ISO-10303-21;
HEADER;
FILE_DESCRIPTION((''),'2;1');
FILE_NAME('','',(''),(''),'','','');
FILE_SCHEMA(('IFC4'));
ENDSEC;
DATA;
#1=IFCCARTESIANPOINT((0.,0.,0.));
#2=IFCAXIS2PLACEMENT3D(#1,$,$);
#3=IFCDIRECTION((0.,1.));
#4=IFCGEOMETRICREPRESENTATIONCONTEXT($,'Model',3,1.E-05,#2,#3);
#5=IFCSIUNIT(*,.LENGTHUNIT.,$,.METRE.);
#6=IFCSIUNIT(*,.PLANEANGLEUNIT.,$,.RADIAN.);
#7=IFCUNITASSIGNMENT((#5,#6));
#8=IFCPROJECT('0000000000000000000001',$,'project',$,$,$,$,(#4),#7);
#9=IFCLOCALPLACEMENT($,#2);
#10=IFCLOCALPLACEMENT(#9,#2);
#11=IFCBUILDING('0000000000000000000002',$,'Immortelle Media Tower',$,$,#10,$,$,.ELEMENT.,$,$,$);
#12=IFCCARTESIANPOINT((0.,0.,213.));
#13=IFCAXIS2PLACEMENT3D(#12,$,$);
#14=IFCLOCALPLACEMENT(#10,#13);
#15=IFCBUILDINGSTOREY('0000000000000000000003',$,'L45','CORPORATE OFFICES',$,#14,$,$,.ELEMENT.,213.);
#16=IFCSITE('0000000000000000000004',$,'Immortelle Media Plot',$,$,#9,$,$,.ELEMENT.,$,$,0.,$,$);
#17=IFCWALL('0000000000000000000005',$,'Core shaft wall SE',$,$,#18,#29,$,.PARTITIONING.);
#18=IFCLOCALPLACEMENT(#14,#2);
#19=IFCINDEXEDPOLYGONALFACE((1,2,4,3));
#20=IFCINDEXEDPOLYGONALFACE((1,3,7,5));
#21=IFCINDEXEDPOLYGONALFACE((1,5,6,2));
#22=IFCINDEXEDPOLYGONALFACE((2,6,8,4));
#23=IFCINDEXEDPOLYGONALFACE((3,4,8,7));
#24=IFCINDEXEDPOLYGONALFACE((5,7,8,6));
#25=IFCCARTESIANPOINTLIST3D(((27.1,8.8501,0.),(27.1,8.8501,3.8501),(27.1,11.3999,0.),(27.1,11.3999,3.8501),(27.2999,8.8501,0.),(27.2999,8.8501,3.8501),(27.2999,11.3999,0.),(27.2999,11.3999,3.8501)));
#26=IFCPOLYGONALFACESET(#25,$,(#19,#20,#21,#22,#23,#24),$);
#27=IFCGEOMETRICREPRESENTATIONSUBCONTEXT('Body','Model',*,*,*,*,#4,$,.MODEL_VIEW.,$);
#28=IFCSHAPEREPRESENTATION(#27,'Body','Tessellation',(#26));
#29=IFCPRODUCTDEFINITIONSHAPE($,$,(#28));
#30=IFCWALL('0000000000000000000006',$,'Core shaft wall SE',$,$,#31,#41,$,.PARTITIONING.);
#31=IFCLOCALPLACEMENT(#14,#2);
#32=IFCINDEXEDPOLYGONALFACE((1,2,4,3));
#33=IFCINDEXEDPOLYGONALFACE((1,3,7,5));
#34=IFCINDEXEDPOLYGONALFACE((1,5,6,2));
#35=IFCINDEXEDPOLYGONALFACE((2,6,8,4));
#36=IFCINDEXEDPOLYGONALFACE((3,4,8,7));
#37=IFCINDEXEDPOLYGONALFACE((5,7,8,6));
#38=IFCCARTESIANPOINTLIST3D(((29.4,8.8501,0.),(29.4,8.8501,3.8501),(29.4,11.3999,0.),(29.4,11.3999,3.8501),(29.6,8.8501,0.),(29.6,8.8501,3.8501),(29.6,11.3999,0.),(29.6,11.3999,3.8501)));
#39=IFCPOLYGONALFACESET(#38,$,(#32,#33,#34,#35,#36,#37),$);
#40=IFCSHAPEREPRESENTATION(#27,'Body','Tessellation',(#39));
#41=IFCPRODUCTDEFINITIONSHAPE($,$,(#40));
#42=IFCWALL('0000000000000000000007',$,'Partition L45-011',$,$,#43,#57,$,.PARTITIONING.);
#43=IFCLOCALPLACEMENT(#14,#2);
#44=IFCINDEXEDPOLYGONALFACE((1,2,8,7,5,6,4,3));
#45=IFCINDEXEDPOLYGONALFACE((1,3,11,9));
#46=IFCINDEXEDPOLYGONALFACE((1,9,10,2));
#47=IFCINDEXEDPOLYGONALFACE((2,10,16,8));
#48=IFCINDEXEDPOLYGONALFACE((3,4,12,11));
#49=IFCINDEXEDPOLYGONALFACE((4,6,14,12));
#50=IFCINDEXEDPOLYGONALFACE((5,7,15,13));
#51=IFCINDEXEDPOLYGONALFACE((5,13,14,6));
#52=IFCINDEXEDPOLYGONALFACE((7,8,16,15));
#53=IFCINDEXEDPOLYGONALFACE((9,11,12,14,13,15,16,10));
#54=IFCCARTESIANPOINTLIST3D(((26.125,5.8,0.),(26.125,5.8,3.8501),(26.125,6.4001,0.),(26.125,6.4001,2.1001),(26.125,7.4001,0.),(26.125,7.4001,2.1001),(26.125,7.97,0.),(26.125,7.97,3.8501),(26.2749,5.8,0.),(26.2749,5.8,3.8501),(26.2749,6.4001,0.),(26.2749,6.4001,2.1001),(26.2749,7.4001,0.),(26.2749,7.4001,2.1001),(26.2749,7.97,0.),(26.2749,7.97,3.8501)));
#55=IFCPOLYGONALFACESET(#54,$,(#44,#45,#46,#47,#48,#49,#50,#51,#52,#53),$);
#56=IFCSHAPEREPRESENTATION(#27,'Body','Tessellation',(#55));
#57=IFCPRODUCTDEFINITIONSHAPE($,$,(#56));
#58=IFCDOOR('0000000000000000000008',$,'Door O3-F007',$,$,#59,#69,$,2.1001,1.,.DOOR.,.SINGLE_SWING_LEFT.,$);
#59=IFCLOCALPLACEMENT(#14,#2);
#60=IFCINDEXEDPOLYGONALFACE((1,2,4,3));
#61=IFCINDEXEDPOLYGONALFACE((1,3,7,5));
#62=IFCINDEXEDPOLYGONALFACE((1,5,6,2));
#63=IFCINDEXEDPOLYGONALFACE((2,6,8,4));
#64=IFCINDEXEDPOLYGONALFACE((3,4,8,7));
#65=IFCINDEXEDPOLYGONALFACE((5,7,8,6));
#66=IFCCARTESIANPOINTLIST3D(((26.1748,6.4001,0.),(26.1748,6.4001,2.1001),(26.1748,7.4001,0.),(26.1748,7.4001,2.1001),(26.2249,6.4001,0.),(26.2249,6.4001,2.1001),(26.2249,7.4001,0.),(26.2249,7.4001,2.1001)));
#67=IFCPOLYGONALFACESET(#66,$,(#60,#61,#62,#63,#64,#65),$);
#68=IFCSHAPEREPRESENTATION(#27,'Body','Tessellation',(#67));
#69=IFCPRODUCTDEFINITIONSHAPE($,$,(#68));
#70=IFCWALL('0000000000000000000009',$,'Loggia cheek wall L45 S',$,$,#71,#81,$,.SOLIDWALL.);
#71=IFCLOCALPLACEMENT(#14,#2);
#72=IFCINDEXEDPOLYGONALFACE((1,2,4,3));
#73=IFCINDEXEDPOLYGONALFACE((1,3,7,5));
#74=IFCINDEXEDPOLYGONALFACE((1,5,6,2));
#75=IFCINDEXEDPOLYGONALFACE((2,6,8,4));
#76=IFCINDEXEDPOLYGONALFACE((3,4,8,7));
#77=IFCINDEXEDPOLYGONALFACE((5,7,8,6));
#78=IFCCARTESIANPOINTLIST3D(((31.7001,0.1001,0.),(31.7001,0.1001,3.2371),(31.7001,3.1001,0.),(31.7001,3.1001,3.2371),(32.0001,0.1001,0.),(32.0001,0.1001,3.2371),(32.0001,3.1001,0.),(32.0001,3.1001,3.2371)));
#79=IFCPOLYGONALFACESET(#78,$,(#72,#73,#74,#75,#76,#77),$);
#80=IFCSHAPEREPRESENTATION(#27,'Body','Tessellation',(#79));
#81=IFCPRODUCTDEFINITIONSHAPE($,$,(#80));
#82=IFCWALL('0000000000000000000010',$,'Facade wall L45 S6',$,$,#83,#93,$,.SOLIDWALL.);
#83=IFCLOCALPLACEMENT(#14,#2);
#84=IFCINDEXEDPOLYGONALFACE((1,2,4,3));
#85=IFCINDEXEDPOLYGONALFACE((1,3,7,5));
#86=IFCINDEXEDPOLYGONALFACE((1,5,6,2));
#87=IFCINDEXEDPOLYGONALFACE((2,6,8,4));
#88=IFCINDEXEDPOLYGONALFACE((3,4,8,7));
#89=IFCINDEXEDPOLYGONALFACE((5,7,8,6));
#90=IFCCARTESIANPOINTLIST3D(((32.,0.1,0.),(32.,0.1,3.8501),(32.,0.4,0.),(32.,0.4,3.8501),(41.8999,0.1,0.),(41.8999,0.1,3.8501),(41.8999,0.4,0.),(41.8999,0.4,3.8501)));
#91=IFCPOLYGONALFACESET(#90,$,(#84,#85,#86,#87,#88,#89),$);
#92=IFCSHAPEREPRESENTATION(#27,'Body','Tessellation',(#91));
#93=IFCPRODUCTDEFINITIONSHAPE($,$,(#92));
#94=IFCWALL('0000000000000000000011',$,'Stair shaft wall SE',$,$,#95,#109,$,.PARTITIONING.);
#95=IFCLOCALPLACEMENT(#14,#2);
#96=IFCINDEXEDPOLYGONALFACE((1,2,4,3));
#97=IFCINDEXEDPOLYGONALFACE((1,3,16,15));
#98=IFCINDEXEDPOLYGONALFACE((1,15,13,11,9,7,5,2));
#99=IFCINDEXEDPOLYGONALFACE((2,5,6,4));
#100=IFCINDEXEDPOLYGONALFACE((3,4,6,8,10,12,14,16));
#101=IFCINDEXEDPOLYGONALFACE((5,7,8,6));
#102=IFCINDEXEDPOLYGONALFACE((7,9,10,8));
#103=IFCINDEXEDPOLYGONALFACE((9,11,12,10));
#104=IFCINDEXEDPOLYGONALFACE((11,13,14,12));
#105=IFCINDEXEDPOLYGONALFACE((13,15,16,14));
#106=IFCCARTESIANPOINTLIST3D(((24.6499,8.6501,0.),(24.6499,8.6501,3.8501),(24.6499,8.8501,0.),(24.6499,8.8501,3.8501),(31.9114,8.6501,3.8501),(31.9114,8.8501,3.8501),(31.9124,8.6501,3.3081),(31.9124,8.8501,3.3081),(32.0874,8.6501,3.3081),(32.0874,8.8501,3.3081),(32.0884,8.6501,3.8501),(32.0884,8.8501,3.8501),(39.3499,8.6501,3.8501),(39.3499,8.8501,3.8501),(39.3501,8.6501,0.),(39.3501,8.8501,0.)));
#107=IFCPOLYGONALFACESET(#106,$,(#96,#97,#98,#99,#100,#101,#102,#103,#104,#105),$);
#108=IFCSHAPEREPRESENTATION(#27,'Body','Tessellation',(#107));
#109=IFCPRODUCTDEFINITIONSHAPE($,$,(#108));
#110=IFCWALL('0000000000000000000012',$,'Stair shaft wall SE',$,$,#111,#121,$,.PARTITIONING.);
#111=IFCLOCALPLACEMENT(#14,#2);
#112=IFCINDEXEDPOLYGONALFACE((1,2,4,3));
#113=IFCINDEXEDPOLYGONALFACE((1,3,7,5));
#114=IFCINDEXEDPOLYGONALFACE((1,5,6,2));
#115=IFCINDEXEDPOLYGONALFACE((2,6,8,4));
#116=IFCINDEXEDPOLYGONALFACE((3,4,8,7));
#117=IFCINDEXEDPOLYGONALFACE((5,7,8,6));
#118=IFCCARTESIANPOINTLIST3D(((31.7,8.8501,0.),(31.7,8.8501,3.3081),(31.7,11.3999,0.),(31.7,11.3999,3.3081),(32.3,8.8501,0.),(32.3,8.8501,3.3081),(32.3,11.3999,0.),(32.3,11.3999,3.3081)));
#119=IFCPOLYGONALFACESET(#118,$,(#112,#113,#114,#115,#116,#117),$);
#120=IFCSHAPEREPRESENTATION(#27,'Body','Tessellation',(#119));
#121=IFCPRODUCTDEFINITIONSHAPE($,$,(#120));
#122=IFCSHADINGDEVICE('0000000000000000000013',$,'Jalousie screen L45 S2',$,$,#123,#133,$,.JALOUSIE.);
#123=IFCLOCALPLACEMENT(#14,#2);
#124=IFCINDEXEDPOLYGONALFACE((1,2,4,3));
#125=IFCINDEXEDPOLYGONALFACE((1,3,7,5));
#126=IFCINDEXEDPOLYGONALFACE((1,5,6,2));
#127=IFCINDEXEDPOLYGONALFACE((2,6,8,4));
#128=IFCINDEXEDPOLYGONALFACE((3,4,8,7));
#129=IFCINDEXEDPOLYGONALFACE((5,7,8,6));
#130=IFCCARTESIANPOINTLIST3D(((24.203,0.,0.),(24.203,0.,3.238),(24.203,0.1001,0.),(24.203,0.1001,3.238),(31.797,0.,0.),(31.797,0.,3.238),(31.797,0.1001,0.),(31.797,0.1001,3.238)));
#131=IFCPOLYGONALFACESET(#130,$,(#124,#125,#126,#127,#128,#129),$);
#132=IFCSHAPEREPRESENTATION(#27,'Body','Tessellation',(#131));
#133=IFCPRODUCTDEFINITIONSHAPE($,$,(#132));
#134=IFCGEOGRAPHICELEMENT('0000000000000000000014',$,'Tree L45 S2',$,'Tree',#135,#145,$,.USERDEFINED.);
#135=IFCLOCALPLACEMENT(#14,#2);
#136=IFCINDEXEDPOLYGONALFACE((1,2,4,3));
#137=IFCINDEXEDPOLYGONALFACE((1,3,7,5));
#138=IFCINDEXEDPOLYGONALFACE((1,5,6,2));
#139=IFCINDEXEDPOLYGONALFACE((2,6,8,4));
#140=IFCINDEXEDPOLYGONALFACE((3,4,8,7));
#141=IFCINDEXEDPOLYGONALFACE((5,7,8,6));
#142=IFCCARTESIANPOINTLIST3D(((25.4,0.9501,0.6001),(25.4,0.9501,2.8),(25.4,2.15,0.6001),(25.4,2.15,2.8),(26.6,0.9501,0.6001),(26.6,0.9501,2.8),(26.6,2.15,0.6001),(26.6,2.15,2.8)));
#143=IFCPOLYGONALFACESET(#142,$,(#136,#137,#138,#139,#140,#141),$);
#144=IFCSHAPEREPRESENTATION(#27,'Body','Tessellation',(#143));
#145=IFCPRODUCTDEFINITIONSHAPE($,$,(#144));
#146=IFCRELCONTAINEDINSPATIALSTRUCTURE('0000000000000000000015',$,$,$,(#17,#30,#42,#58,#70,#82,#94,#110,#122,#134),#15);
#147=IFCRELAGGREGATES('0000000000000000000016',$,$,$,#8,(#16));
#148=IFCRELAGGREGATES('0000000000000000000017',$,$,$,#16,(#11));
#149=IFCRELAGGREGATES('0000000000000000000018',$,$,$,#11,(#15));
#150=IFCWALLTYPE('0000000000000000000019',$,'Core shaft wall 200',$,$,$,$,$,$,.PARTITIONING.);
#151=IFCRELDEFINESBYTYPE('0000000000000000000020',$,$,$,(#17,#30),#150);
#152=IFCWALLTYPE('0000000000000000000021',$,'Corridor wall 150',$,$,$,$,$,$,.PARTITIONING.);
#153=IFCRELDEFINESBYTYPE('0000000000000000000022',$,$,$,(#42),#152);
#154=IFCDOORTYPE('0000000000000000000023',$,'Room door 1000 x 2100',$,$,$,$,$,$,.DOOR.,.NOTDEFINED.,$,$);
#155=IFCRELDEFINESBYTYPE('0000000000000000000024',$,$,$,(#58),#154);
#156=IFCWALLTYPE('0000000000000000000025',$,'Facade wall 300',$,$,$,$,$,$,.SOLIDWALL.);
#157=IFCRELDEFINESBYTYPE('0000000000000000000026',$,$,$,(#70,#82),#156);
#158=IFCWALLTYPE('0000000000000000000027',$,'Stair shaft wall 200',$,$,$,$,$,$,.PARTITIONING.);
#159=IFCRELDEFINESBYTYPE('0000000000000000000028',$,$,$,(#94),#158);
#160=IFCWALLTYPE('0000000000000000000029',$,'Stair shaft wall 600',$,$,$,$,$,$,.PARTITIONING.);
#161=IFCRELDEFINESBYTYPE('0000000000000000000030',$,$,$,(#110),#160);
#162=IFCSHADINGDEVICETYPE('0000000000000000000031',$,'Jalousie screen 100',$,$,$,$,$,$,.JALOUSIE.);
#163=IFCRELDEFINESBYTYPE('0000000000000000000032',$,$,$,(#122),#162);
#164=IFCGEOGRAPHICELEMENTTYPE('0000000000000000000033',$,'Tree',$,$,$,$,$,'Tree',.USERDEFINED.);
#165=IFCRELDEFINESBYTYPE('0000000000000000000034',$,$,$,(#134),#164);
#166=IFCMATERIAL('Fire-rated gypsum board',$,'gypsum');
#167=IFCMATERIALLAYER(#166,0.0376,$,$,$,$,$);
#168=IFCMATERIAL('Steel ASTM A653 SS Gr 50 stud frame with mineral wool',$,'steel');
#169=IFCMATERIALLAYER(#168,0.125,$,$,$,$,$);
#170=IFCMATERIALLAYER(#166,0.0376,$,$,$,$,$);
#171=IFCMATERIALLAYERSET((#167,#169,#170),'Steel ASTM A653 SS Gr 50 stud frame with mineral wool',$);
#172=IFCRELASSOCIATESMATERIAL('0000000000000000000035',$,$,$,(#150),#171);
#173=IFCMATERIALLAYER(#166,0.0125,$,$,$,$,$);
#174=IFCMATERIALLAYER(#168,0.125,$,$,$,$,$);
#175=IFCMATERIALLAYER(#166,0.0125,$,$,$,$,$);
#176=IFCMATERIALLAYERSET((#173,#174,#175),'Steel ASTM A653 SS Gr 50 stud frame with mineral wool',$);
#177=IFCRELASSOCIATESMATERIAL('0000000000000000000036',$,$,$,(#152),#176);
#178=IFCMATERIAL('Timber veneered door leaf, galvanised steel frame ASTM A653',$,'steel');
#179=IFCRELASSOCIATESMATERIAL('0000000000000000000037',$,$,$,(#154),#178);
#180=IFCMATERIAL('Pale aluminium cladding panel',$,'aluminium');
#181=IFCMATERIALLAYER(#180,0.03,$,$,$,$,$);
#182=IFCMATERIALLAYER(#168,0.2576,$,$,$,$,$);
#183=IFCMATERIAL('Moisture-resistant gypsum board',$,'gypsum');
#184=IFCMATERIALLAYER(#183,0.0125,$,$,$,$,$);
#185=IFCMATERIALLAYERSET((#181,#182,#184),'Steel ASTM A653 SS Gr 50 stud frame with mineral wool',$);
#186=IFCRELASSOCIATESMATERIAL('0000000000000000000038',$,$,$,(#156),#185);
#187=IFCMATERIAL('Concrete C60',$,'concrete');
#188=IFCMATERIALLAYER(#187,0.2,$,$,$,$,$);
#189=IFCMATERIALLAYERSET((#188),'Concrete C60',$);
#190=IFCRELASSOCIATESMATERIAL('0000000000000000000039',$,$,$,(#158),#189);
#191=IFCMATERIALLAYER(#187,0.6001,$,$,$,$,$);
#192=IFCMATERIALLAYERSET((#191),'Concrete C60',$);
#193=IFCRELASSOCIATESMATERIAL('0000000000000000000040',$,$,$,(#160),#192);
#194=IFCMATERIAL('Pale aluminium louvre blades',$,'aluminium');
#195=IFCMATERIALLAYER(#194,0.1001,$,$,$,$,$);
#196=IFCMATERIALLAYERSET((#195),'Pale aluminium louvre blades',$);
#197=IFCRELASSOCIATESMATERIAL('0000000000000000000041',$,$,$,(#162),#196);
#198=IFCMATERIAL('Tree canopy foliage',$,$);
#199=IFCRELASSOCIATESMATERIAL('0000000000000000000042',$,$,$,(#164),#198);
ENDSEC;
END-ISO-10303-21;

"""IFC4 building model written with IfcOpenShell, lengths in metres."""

from ifc_helpers import new_model, si_unit, direction, frame, frame_2d, origin, origin_2d, place, context, subcontext, project, spatial, polyline, rectangle, outline, extrude, material, layer, layer_set, type_object, element, fill, save


model = new_model("IFC4")

# Units and contexts
model_context = context("Model", 3, precision=1e-05, world=origin(), true_north=direction((0.0, 1.0)))
body_context = subcontext(model_context, "Body", "Model", "MODEL_VIEW")
ifc_project = project(units=[si_unit("LENGTHUNIT", "METRE"), si_unit("PLANEANGLEUNIT", "RADIAN")], contexts=[model_context])

# Site, building, storey
site_placement = place(None, origin())
site = spatial("IfcSite", under=ifc_project, at=site_placement, Name="Immortelle Media Plot", CompositionType="ELEMENT", RefElevation=0.0)
building_placement = place(site_placement, origin())
building = spatial("IfcBuilding", under=site, at=building_placement, Name="Immortelle Media Tower", CompositionType="ELEMENT")
storey_placement = place(building_placement, frame((0.0, 0.0, 213.0)))
storey = spatial("IfcBuildingStorey", under=building, at=storey_placement, Name="L45", Description="CORPORATE OFFICES", CompositionType="ELEMENT", Elevation=213.0)

# Walls
ifc_material_1 = material(Name="Fire-rated gypsum board", Category="gypsum")
ifc_layer_1 = layer(ifc_material_1, 0.0376)
ifc_material_2 = material(Name="Steel ASTM A653 SS Gr 50 stud frame with mineral wool", Category="steel")
ifc_layer_2 = layer(ifc_material_2, 0.125)
ifc_layer_3 = layer(ifc_material_1, 0.0376)
ifc_layer_set_1 = layer_set([ifc_layer_1, ifc_layer_2, ifc_layer_3], Name="Steel ASTM A653 SS Gr 50 stud frame with mineral wool")
wall_type_1 = type_object("IfcWallType", Name="Core shaft wall 200", PredefinedType="PARTITIONING", material=ifc_layer_set_1)
for number, where, z_axis, x_axis, name in (
    (1, (27.2, 8.8501, 0.0), (0.0, 0.0, 1.0), (0.0, 1.0, 0.0), "Core shaft wall SE"),
    (2, (29.5, 8.8501, 0.0), (0.0, 0.0, 1.0), (0.0, 1.0, 0.0), "Core shaft wall SE"),
):
    element("IfcWall", number, at=place(storey_placement, frame(where, z_axis=z_axis, x_axis=x_axis)), inside=storey, type_object=wall_type_1, Name=name, PredefinedType="PARTITIONING", context=body_context, shape_type="SweptSolid", body=[
        extrude(rectangle(XDim=2.5498, YDim=0.2, at=frame_2d((1.2749, 0.0))), origin(), (0.0, 0.0, 1.0), 3.8501),
    ])

# Wall, opening, door
ifc_layer_4 = layer(ifc_material_1, 0.0125)
ifc_layer_5 = layer(ifc_material_2, 0.125)
ifc_layer_6 = layer(ifc_material_1, 0.0125)
ifc_layer_set_2 = layer_set([ifc_layer_4, ifc_layer_5, ifc_layer_6], Name="Steel ASTM A653 SS Gr 50 stud frame with mineral wool")
wall_type_2 = type_object("IfcWallType", Name="Corridor wall 150", PredefinedType="PARTITIONING", material=ifc_layer_set_2)
wall_1_placement = place(storey_placement, frame((26.2, 5.8, 0.0), z_axis=(0.0, 0.0, 1.0), x_axis=(0.0, 1.0, 0.0)))
wall_1 = element("IfcWall", 3, at=wall_1_placement, inside=storey, type_object=wall_type_2, Name="Partition L45-011", PredefinedType="PARTITIONING", context=body_context, shape_type="SweptSolid", body=[
    extrude(rectangle(XDim=2.1699, YDim=0.1499, at=frame_2d((1.085, 0.0))), origin(), (0.0, 0.0, 1.0), 3.8501),
])
opening_placement = place(wall_1_placement, frame((1.6001, 0.0, 0.0), z_axis=(0.0, 0.0, 1.0), x_axis=(-1.0, 0.0, 0.0)))
opening = element("IfcOpeningElement", 4, at=opening_placement, cuts=wall_1, PredefinedType="OPENING", context=body_context, shape_type="SweptSolid", body=[
    extrude(rectangle(XDim=1.0, YDim=2.1001, at=frame_2d((0.5, 1.05))), frame((0.0, 0.085, 0.0), z_axis=(0.0, -1.0, 0.0), x_axis=(1.0, 0.0, 0.0)), (0.0, 0.0, 1.0), 0.1699),
])
ifc_material_3 = material(Name="Timber veneered door leaf, galvanised steel frame ASTM A653", Category="steel")
door_type = type_object("IfcDoorType", Name="Room door 1000 x 2100", OperationType="NOTDEFINED", PredefinedType="DOOR", material=ifc_material_3)
door_placement = place(opening_placement, origin())
door = element("IfcDoor", 5, at=door_placement, inside=storey, type_object=door_type, Name="Door O3-F007", OperationType="SINGLE_SWING_LEFT", OverallHeight=2.1001, OverallWidth=1.0, PredefinedType="DOOR", context=body_context, shape_type="SweptSolid", body=[
    extrude(rectangle(XDim=1.0, YDim=2.1001, at=frame_2d((0.5, 1.05))), frame((0.0, 0.0249, 0.0), z_axis=(0.0, -1.0, 0.0), x_axis=(1.0, 0.0, 0.0)), (0.0, 0.0, 1.0), 0.05),
])
fill(opening, door)

# Walls
ifc_material_4 = material(Name="Pale aluminium cladding panel", Category="aluminium")
ifc_layer_7 = layer(ifc_material_4, 0.03)
ifc_layer_8 = layer(ifc_material_2, 0.2576)
ifc_material_5 = material(Name="Moisture-resistant gypsum board", Category="gypsum")
ifc_layer_9 = layer(ifc_material_5, 0.0125)
ifc_layer_set_3 = layer_set([ifc_layer_7, ifc_layer_8, ifc_layer_9], Name="Steel ASTM A653 SS Gr 50 stud frame with mineral wool")
wall_type_3 = type_object("IfcWallType", Name="Facade wall 300", PredefinedType="SOLIDWALL", material=ifc_layer_set_3)
wall_2_placement = place(storey_placement, frame((31.8501, 0.1001, 0.0), z_axis=(0.0, 0.0, 1.0), x_axis=(0.0, 1.0, 0.0)))
element("IfcWall", 6, at=wall_2_placement, inside=storey, type_object=wall_type_3, Name="Loggia cheek wall L45 S", PredefinedType="SOLIDWALL", context=body_context, shape_type="SweptSolid", body=[
    extrude(rectangle(XDim=3.0, YDim=0.3, at=frame_2d((1.5, 0.0))), origin(), (0.0, 0.0, 1.0), 3.2371),
])
wall_3_placement = place(storey_placement, frame((32.0, 0.25, 0.0), z_axis=(0.0, 0.0, 1.0), x_axis=(1.0, 0.0, 0.0)))
element("IfcWall", 7, at=wall_3_placement, inside=storey, type_object=wall_type_3, Name="Facade wall L45 S6", PredefinedType="SOLIDWALL", context=body_context, shape_type="SweptSolid", body=[
    extrude(rectangle(XDim=9.8999, YDim=0.3, at=frame_2d((4.95, 0.0))), origin(), (0.0, 0.0, 1.0), 3.8501),
])
ifc_material_6 = material(Name="Concrete C60", Category="concrete")
ifc_layer_10 = layer(ifc_material_6, 0.2)
ifc_layer_set_4 = layer_set([ifc_layer_10], Name="Concrete C60")
wall_type_4 = type_object("IfcWallType", Name="Stair shaft wall 200", PredefinedType="PARTITIONING", material=ifc_layer_set_4)
wall_4_placement = place(storey_placement, frame((24.6499, 8.75, 0.0), z_axis=(0.0, 0.0, 1.0), x_axis=(1.0, 0.0, 0.0)))
element("IfcWall", 8, at=wall_4_placement, inside=storey, type_object=wall_type_4, Name="Stair shaft wall SE", PredefinedType="PARTITIONING", context=body_context, shape_type="SweptSolid", body=[
    extrude(outline(polyline([(0.0, 0.0), (14.7002, 0.0), (14.7, 3.8501), (7.4385, 3.8501), (7.4375, 3.3081), (7.2625, 3.3081), (7.2615, 3.8501), (0.0, 3.8501), (0.0, 0.0)])), frame((0.0, 0.1001, 0.0), z_axis=(0.0, -1.0, 0.0), x_axis=(1.0, 0.0, 0.0)), (0.0, 0.0, 1.0), 0.2),
])
ifc_layer_11 = layer(ifc_material_6, 0.6001)
ifc_layer_set_5 = layer_set([ifc_layer_11], Name="Concrete C60")
wall_type_5 = type_object("IfcWallType", Name="Stair shaft wall 600", PredefinedType="PARTITIONING", material=ifc_layer_set_5)
wall_5_placement = place(storey_placement, frame((32.0, 8.8501, 0.0), z_axis=(0.0, 0.0, 1.0), x_axis=(0.0, 1.0, 0.0)))
element("IfcWall", 9, at=wall_5_placement, inside=storey, type_object=wall_type_5, Name="Stair shaft wall SE", PredefinedType="PARTITIONING", context=body_context, shape_type="SweptSolid", body=[
    extrude(rectangle(XDim=2.5498, YDim=0.6001, at=frame_2d((1.2749, 0.0))), origin(), (0.0, 0.0, 1.0), 3.3081),
])

# Shading device
ifc_material_7 = material(Name="Pale aluminium louvre blades", Category="aluminium")
ifc_layer_12 = layer(ifc_material_7, 0.1001)
ifc_layer_set_6 = layer_set([ifc_layer_12], Name="Pale aluminium louvre blades")
shading_device_type = type_object("IfcShadingDeviceType", Name="Jalousie screen 100", PredefinedType="JALOUSIE", material=ifc_layer_set_6)
shading_device_placement = place(storey_placement, frame((28.0, 0.05, 0.0), z_axis=(0.0, 0.0, 1.0), x_axis=(1.0, 0.0, 0.0)))
element("IfcShadingDevice", 10, at=shading_device_placement, inside=storey, type_object=shading_device_type, Name="Jalousie screen L45 S2", PredefinedType="JALOUSIE", context=body_context, shape_type="SweptSolid", body=[
    extrude(rectangle(XDim=7.594, YDim=0.1001, at=origin_2d()), origin(), (0.0, 0.0, 1.0), 3.238),
])

# Geographic element
ifc_material_8 = material(Name="Tree canopy foliage")
geographic_element_type = type_object("IfcGeographicElementType", Name="Tree", ElementType="Tree", PredefinedType="USERDEFINED", material=ifc_material_8)
geographic_element_placement = place(storey_placement, frame((26.0, 1.55, 0.6001), z_axis=(0.0, 0.0, 1.0), x_axis=(1.0, 0.0, 0.0)))
element("IfcGeographicElement", 11, at=geographic_element_placement, inside=storey, type_object=geographic_element_type, Name="Tree L45 S2", ObjectType="Tree", PredefinedType="USERDEFINED", context=body_context, shape_type="SweptSolid", body=[
    extrude(rectangle(XDim=1.2, YDim=1.2, at=origin_2d()), origin(), (0.0, 0.0, 1.0), 2.2),
])

save(model, "model.ifc")
